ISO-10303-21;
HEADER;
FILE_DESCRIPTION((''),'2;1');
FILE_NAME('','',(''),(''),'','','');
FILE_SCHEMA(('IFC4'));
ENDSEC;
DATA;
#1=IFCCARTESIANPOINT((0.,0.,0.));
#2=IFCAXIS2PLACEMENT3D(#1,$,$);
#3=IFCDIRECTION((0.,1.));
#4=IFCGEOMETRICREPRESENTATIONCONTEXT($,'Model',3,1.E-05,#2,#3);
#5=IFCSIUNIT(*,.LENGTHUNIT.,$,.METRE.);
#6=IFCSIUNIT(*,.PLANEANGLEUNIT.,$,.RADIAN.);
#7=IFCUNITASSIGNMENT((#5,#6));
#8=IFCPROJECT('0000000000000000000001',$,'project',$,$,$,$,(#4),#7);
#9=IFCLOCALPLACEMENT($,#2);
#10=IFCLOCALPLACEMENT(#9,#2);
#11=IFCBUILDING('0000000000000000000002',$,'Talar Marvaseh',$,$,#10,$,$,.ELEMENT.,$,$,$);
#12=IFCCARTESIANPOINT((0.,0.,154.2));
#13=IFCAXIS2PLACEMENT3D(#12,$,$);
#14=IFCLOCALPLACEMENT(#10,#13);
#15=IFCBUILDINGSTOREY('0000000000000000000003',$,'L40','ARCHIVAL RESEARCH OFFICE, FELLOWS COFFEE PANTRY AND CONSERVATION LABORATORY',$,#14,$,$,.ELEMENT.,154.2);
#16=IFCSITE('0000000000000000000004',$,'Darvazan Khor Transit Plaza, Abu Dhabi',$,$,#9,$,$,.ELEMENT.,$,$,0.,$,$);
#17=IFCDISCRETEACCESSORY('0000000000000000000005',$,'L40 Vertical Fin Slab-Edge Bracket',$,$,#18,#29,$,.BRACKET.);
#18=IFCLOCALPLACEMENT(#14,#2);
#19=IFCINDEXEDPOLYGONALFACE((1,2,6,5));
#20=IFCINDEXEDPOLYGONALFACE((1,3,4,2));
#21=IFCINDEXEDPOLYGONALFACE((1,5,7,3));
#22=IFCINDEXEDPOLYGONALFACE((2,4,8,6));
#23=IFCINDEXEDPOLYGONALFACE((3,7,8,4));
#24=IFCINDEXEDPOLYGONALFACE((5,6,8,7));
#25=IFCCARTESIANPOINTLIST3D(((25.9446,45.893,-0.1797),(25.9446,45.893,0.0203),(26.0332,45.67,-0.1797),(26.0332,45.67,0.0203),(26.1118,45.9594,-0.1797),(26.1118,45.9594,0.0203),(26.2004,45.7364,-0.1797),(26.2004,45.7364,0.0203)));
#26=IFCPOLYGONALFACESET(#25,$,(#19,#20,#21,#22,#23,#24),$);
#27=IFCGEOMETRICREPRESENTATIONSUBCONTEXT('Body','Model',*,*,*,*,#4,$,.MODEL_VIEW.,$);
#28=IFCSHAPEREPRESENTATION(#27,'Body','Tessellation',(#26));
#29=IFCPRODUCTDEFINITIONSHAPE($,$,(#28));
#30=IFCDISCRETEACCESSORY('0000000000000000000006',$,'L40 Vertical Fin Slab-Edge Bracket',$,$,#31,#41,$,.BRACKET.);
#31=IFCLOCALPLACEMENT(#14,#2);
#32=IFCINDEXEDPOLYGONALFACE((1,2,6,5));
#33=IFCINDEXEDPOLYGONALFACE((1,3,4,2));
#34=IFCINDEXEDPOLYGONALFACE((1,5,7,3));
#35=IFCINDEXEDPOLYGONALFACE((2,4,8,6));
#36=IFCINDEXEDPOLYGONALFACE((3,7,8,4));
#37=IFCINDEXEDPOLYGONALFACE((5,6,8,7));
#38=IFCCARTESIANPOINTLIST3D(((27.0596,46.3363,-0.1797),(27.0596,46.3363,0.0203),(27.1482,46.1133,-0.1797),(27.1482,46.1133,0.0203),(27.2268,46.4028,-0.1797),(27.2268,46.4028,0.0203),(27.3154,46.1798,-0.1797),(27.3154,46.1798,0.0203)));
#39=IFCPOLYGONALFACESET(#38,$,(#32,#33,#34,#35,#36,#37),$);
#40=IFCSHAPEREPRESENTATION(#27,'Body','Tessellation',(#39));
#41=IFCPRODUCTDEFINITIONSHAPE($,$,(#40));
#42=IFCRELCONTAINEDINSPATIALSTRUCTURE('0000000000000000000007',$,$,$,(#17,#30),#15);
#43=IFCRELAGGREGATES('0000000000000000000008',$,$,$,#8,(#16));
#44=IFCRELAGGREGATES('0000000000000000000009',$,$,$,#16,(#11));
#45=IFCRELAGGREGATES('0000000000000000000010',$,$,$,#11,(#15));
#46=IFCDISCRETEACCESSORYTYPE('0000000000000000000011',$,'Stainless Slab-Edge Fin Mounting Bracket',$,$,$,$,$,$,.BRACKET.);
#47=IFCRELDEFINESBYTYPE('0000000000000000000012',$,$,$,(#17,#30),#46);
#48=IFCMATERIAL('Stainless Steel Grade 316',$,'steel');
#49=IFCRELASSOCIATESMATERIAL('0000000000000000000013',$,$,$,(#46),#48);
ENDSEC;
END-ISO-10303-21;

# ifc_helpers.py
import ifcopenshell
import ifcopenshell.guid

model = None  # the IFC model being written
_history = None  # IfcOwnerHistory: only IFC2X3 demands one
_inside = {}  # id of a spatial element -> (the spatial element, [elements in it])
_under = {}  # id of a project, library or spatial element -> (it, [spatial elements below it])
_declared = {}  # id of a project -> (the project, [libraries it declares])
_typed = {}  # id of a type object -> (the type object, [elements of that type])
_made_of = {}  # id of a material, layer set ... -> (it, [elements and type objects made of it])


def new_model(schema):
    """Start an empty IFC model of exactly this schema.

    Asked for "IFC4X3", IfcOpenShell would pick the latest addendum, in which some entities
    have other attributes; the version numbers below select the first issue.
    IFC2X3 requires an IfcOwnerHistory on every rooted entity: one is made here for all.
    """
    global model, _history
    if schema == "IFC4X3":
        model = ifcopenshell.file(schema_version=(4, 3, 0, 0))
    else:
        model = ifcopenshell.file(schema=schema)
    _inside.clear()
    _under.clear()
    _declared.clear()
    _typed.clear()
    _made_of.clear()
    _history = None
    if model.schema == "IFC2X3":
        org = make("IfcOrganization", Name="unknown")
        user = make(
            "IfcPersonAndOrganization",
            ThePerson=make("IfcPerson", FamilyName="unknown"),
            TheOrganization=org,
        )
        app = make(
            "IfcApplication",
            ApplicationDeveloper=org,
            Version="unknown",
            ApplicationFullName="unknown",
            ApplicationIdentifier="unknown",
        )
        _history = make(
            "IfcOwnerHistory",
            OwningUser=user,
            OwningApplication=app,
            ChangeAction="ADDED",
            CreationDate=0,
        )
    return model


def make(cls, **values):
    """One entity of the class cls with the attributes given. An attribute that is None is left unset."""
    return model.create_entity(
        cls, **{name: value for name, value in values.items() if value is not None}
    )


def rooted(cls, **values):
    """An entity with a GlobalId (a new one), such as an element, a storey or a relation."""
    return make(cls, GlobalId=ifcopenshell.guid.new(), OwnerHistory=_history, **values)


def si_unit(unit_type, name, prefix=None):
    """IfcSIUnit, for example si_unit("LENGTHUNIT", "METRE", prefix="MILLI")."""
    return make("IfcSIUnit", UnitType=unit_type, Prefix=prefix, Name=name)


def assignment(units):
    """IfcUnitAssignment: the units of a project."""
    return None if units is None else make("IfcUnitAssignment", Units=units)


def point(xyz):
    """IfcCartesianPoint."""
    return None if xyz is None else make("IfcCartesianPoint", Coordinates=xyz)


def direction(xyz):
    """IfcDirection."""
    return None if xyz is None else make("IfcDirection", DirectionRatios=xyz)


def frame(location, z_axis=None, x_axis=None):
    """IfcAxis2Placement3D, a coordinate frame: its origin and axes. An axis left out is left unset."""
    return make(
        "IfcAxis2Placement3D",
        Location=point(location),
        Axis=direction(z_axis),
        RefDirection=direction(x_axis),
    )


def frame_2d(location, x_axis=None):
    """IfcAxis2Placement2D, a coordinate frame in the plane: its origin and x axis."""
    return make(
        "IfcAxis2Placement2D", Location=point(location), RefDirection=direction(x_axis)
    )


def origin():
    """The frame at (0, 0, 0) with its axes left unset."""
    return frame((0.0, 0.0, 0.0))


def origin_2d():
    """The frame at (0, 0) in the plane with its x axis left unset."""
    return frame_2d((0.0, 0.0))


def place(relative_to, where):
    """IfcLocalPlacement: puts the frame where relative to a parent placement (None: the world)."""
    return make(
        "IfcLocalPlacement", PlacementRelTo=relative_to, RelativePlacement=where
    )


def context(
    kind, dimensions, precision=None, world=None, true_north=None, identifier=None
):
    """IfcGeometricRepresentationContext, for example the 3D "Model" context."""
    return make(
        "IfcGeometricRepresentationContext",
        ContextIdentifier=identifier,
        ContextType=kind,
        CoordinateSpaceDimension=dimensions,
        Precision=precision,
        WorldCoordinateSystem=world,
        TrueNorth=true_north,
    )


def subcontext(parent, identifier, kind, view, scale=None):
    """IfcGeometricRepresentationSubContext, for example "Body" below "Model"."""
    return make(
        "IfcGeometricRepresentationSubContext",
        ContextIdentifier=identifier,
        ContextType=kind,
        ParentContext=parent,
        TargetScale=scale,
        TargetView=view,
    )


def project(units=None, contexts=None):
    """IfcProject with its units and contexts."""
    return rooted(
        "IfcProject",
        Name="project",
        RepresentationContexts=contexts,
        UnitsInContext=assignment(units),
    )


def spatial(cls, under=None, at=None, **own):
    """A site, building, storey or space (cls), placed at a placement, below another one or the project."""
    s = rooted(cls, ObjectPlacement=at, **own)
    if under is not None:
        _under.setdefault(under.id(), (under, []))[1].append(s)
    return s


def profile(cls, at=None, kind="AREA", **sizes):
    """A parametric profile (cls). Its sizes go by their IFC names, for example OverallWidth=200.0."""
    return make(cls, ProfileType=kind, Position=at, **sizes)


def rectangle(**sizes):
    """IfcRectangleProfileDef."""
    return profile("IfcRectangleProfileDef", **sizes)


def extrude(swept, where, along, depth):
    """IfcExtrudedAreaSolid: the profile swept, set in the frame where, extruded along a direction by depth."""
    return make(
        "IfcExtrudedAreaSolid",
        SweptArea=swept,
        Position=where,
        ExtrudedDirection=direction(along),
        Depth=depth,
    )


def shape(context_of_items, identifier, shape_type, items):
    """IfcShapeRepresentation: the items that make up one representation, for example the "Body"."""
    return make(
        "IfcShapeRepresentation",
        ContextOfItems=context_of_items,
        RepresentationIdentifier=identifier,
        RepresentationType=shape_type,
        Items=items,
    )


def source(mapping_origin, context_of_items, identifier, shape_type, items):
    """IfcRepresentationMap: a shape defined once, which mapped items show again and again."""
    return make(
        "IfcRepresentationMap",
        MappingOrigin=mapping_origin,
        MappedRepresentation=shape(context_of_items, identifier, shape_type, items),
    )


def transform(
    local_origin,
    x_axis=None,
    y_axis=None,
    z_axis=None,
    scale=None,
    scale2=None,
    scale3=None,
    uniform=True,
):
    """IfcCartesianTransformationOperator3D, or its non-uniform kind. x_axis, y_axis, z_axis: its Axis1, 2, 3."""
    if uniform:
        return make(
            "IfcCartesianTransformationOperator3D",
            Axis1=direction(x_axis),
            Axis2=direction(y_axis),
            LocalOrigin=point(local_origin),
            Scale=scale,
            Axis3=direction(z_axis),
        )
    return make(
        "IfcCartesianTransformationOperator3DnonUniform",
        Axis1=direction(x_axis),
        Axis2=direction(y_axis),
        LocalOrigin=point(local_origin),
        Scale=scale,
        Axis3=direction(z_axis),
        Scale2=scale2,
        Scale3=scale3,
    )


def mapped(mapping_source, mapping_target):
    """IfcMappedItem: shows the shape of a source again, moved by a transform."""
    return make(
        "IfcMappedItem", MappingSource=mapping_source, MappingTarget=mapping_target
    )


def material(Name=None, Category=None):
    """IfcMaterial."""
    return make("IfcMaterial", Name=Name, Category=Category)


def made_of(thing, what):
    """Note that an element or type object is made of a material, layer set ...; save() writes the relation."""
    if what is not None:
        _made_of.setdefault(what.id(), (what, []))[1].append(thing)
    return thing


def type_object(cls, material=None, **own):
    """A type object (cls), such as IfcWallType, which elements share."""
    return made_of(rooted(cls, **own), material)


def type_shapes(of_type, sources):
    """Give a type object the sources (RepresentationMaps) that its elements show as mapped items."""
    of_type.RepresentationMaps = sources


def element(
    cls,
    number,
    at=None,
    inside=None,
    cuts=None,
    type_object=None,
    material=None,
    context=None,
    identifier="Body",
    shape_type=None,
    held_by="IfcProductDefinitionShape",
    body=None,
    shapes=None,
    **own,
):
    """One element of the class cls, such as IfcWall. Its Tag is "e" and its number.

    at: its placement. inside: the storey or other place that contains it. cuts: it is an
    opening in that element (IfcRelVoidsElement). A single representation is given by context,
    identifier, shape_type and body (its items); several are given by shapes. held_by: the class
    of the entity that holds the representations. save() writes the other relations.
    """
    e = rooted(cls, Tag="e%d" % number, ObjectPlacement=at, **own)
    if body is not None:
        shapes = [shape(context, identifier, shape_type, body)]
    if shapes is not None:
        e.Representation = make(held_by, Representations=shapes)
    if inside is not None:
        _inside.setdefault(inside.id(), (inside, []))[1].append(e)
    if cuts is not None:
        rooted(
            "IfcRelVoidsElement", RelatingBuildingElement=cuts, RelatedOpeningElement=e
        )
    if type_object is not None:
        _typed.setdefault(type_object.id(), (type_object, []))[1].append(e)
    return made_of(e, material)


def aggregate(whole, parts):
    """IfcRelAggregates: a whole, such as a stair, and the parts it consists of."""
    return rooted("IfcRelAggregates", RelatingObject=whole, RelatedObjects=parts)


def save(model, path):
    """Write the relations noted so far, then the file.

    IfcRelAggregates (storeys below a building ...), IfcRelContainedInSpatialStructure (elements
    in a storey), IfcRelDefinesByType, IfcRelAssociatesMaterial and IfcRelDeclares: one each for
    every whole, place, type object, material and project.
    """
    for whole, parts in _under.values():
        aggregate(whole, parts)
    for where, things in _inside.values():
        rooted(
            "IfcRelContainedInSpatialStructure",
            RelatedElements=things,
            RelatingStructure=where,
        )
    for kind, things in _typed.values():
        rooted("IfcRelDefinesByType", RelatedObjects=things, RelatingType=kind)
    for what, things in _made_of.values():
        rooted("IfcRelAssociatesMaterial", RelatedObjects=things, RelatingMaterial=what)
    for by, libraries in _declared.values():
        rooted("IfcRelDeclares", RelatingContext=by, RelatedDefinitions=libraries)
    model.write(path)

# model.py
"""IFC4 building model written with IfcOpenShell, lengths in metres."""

from ifc_helpers import new_model, si_unit, direction, frame, origin, origin_2d, place, context, subcontext, project, spatial, rectangle, extrude, source, transform, mapped, material, type_object, type_shapes, element, save


model = new_model("IFC4")

# Units and contexts
model_context = context("Model", 3, precision=1e-05, world=origin(), true_north=direction((0.0, 1.0)))
body_context = subcontext(model_context, "Body", "Model", "MODEL_VIEW")
ifc_project = project(units=[si_unit("LENGTHUNIT", "METRE"), si_unit("PLANEANGLEUNIT", "RADIAN")], contexts=[model_context])

# Site, building, storey
site_placement = place(None, origin())
site = spatial("IfcSite", under=ifc_project, at=site_placement, Name="Darvazan Khor Transit Plaza, Abu Dhabi", CompositionType="ELEMENT", RefElevation=0.0)
building_placement = place(site_placement, origin())
building = spatial("IfcBuilding", under=site, at=building_placement, Name="Talar Marvaseh", CompositionType="ELEMENT")
storey_placement = place(building_placement, frame((0.0, 0.0, 154.2)))
storey = spatial("IfcBuildingStorey", under=building, at=storey_placement, Name="L40", Description="ARCHIVAL RESEARCH OFFICE, FELLOWS COFFEE PANTRY AND CONSERVATION LABORATORY", CompositionType="ELEMENT", Elevation=154.2)

# Discrete accessories
ifc_material_1 = material(Name="Stainless Steel Grade 316", Category="steel")
discrete_accessory_type = type_object("IfcDiscreteAccessoryType", Name="Stainless Slab-Edge Fin Mounting Bracket", PredefinedType="BRACKET", material=ifc_material_1)
shared_shape_1 = source(origin(), body_context, "Body", "SweptSolid", [
    extrude(rectangle(XDim=0.24, YDim=0.1799, at=origin_2d()), origin(), (0.0, 0.0, 1.0), 0.2),
])
type_shapes(discrete_accessory_type, [shared_shape_1])
for number, where, z_axis, x_axis, name in (
    (1, (26.0725, 45.8147, -0.1797), (0.0, 0.0, 1.0), (-0.369422, 0.929262, 0.0), "L40 Vertical Fin Slab-Edge Bracket"),
    (2, (27.1875, 46.2581, -0.1797), (0.0, 0.0, 1.0), (-0.369422, 0.929262, 0.0), "L40 Vertical Fin Slab-Edge Bracket"),
):
    element("IfcDiscreteAccessory", number, at=place(storey_placement, frame(where, z_axis=z_axis, x_axis=x_axis)), inside=storey, type_object=discrete_accessory_type, Name=name, PredefinedType="BRACKET", context=body_context, shape_type="MappedRepresentation", body=[
        mapped(shared_shape_1, transform((0.0, 0.0, 0.0), x_axis=(1.0, 0.0, 0.0), y_axis=(0.0, 1.0, 0.0), z_axis=(0.0, 0.0, 1.0), scale=1.0)),
    ])

save(model, "model.ifc")
